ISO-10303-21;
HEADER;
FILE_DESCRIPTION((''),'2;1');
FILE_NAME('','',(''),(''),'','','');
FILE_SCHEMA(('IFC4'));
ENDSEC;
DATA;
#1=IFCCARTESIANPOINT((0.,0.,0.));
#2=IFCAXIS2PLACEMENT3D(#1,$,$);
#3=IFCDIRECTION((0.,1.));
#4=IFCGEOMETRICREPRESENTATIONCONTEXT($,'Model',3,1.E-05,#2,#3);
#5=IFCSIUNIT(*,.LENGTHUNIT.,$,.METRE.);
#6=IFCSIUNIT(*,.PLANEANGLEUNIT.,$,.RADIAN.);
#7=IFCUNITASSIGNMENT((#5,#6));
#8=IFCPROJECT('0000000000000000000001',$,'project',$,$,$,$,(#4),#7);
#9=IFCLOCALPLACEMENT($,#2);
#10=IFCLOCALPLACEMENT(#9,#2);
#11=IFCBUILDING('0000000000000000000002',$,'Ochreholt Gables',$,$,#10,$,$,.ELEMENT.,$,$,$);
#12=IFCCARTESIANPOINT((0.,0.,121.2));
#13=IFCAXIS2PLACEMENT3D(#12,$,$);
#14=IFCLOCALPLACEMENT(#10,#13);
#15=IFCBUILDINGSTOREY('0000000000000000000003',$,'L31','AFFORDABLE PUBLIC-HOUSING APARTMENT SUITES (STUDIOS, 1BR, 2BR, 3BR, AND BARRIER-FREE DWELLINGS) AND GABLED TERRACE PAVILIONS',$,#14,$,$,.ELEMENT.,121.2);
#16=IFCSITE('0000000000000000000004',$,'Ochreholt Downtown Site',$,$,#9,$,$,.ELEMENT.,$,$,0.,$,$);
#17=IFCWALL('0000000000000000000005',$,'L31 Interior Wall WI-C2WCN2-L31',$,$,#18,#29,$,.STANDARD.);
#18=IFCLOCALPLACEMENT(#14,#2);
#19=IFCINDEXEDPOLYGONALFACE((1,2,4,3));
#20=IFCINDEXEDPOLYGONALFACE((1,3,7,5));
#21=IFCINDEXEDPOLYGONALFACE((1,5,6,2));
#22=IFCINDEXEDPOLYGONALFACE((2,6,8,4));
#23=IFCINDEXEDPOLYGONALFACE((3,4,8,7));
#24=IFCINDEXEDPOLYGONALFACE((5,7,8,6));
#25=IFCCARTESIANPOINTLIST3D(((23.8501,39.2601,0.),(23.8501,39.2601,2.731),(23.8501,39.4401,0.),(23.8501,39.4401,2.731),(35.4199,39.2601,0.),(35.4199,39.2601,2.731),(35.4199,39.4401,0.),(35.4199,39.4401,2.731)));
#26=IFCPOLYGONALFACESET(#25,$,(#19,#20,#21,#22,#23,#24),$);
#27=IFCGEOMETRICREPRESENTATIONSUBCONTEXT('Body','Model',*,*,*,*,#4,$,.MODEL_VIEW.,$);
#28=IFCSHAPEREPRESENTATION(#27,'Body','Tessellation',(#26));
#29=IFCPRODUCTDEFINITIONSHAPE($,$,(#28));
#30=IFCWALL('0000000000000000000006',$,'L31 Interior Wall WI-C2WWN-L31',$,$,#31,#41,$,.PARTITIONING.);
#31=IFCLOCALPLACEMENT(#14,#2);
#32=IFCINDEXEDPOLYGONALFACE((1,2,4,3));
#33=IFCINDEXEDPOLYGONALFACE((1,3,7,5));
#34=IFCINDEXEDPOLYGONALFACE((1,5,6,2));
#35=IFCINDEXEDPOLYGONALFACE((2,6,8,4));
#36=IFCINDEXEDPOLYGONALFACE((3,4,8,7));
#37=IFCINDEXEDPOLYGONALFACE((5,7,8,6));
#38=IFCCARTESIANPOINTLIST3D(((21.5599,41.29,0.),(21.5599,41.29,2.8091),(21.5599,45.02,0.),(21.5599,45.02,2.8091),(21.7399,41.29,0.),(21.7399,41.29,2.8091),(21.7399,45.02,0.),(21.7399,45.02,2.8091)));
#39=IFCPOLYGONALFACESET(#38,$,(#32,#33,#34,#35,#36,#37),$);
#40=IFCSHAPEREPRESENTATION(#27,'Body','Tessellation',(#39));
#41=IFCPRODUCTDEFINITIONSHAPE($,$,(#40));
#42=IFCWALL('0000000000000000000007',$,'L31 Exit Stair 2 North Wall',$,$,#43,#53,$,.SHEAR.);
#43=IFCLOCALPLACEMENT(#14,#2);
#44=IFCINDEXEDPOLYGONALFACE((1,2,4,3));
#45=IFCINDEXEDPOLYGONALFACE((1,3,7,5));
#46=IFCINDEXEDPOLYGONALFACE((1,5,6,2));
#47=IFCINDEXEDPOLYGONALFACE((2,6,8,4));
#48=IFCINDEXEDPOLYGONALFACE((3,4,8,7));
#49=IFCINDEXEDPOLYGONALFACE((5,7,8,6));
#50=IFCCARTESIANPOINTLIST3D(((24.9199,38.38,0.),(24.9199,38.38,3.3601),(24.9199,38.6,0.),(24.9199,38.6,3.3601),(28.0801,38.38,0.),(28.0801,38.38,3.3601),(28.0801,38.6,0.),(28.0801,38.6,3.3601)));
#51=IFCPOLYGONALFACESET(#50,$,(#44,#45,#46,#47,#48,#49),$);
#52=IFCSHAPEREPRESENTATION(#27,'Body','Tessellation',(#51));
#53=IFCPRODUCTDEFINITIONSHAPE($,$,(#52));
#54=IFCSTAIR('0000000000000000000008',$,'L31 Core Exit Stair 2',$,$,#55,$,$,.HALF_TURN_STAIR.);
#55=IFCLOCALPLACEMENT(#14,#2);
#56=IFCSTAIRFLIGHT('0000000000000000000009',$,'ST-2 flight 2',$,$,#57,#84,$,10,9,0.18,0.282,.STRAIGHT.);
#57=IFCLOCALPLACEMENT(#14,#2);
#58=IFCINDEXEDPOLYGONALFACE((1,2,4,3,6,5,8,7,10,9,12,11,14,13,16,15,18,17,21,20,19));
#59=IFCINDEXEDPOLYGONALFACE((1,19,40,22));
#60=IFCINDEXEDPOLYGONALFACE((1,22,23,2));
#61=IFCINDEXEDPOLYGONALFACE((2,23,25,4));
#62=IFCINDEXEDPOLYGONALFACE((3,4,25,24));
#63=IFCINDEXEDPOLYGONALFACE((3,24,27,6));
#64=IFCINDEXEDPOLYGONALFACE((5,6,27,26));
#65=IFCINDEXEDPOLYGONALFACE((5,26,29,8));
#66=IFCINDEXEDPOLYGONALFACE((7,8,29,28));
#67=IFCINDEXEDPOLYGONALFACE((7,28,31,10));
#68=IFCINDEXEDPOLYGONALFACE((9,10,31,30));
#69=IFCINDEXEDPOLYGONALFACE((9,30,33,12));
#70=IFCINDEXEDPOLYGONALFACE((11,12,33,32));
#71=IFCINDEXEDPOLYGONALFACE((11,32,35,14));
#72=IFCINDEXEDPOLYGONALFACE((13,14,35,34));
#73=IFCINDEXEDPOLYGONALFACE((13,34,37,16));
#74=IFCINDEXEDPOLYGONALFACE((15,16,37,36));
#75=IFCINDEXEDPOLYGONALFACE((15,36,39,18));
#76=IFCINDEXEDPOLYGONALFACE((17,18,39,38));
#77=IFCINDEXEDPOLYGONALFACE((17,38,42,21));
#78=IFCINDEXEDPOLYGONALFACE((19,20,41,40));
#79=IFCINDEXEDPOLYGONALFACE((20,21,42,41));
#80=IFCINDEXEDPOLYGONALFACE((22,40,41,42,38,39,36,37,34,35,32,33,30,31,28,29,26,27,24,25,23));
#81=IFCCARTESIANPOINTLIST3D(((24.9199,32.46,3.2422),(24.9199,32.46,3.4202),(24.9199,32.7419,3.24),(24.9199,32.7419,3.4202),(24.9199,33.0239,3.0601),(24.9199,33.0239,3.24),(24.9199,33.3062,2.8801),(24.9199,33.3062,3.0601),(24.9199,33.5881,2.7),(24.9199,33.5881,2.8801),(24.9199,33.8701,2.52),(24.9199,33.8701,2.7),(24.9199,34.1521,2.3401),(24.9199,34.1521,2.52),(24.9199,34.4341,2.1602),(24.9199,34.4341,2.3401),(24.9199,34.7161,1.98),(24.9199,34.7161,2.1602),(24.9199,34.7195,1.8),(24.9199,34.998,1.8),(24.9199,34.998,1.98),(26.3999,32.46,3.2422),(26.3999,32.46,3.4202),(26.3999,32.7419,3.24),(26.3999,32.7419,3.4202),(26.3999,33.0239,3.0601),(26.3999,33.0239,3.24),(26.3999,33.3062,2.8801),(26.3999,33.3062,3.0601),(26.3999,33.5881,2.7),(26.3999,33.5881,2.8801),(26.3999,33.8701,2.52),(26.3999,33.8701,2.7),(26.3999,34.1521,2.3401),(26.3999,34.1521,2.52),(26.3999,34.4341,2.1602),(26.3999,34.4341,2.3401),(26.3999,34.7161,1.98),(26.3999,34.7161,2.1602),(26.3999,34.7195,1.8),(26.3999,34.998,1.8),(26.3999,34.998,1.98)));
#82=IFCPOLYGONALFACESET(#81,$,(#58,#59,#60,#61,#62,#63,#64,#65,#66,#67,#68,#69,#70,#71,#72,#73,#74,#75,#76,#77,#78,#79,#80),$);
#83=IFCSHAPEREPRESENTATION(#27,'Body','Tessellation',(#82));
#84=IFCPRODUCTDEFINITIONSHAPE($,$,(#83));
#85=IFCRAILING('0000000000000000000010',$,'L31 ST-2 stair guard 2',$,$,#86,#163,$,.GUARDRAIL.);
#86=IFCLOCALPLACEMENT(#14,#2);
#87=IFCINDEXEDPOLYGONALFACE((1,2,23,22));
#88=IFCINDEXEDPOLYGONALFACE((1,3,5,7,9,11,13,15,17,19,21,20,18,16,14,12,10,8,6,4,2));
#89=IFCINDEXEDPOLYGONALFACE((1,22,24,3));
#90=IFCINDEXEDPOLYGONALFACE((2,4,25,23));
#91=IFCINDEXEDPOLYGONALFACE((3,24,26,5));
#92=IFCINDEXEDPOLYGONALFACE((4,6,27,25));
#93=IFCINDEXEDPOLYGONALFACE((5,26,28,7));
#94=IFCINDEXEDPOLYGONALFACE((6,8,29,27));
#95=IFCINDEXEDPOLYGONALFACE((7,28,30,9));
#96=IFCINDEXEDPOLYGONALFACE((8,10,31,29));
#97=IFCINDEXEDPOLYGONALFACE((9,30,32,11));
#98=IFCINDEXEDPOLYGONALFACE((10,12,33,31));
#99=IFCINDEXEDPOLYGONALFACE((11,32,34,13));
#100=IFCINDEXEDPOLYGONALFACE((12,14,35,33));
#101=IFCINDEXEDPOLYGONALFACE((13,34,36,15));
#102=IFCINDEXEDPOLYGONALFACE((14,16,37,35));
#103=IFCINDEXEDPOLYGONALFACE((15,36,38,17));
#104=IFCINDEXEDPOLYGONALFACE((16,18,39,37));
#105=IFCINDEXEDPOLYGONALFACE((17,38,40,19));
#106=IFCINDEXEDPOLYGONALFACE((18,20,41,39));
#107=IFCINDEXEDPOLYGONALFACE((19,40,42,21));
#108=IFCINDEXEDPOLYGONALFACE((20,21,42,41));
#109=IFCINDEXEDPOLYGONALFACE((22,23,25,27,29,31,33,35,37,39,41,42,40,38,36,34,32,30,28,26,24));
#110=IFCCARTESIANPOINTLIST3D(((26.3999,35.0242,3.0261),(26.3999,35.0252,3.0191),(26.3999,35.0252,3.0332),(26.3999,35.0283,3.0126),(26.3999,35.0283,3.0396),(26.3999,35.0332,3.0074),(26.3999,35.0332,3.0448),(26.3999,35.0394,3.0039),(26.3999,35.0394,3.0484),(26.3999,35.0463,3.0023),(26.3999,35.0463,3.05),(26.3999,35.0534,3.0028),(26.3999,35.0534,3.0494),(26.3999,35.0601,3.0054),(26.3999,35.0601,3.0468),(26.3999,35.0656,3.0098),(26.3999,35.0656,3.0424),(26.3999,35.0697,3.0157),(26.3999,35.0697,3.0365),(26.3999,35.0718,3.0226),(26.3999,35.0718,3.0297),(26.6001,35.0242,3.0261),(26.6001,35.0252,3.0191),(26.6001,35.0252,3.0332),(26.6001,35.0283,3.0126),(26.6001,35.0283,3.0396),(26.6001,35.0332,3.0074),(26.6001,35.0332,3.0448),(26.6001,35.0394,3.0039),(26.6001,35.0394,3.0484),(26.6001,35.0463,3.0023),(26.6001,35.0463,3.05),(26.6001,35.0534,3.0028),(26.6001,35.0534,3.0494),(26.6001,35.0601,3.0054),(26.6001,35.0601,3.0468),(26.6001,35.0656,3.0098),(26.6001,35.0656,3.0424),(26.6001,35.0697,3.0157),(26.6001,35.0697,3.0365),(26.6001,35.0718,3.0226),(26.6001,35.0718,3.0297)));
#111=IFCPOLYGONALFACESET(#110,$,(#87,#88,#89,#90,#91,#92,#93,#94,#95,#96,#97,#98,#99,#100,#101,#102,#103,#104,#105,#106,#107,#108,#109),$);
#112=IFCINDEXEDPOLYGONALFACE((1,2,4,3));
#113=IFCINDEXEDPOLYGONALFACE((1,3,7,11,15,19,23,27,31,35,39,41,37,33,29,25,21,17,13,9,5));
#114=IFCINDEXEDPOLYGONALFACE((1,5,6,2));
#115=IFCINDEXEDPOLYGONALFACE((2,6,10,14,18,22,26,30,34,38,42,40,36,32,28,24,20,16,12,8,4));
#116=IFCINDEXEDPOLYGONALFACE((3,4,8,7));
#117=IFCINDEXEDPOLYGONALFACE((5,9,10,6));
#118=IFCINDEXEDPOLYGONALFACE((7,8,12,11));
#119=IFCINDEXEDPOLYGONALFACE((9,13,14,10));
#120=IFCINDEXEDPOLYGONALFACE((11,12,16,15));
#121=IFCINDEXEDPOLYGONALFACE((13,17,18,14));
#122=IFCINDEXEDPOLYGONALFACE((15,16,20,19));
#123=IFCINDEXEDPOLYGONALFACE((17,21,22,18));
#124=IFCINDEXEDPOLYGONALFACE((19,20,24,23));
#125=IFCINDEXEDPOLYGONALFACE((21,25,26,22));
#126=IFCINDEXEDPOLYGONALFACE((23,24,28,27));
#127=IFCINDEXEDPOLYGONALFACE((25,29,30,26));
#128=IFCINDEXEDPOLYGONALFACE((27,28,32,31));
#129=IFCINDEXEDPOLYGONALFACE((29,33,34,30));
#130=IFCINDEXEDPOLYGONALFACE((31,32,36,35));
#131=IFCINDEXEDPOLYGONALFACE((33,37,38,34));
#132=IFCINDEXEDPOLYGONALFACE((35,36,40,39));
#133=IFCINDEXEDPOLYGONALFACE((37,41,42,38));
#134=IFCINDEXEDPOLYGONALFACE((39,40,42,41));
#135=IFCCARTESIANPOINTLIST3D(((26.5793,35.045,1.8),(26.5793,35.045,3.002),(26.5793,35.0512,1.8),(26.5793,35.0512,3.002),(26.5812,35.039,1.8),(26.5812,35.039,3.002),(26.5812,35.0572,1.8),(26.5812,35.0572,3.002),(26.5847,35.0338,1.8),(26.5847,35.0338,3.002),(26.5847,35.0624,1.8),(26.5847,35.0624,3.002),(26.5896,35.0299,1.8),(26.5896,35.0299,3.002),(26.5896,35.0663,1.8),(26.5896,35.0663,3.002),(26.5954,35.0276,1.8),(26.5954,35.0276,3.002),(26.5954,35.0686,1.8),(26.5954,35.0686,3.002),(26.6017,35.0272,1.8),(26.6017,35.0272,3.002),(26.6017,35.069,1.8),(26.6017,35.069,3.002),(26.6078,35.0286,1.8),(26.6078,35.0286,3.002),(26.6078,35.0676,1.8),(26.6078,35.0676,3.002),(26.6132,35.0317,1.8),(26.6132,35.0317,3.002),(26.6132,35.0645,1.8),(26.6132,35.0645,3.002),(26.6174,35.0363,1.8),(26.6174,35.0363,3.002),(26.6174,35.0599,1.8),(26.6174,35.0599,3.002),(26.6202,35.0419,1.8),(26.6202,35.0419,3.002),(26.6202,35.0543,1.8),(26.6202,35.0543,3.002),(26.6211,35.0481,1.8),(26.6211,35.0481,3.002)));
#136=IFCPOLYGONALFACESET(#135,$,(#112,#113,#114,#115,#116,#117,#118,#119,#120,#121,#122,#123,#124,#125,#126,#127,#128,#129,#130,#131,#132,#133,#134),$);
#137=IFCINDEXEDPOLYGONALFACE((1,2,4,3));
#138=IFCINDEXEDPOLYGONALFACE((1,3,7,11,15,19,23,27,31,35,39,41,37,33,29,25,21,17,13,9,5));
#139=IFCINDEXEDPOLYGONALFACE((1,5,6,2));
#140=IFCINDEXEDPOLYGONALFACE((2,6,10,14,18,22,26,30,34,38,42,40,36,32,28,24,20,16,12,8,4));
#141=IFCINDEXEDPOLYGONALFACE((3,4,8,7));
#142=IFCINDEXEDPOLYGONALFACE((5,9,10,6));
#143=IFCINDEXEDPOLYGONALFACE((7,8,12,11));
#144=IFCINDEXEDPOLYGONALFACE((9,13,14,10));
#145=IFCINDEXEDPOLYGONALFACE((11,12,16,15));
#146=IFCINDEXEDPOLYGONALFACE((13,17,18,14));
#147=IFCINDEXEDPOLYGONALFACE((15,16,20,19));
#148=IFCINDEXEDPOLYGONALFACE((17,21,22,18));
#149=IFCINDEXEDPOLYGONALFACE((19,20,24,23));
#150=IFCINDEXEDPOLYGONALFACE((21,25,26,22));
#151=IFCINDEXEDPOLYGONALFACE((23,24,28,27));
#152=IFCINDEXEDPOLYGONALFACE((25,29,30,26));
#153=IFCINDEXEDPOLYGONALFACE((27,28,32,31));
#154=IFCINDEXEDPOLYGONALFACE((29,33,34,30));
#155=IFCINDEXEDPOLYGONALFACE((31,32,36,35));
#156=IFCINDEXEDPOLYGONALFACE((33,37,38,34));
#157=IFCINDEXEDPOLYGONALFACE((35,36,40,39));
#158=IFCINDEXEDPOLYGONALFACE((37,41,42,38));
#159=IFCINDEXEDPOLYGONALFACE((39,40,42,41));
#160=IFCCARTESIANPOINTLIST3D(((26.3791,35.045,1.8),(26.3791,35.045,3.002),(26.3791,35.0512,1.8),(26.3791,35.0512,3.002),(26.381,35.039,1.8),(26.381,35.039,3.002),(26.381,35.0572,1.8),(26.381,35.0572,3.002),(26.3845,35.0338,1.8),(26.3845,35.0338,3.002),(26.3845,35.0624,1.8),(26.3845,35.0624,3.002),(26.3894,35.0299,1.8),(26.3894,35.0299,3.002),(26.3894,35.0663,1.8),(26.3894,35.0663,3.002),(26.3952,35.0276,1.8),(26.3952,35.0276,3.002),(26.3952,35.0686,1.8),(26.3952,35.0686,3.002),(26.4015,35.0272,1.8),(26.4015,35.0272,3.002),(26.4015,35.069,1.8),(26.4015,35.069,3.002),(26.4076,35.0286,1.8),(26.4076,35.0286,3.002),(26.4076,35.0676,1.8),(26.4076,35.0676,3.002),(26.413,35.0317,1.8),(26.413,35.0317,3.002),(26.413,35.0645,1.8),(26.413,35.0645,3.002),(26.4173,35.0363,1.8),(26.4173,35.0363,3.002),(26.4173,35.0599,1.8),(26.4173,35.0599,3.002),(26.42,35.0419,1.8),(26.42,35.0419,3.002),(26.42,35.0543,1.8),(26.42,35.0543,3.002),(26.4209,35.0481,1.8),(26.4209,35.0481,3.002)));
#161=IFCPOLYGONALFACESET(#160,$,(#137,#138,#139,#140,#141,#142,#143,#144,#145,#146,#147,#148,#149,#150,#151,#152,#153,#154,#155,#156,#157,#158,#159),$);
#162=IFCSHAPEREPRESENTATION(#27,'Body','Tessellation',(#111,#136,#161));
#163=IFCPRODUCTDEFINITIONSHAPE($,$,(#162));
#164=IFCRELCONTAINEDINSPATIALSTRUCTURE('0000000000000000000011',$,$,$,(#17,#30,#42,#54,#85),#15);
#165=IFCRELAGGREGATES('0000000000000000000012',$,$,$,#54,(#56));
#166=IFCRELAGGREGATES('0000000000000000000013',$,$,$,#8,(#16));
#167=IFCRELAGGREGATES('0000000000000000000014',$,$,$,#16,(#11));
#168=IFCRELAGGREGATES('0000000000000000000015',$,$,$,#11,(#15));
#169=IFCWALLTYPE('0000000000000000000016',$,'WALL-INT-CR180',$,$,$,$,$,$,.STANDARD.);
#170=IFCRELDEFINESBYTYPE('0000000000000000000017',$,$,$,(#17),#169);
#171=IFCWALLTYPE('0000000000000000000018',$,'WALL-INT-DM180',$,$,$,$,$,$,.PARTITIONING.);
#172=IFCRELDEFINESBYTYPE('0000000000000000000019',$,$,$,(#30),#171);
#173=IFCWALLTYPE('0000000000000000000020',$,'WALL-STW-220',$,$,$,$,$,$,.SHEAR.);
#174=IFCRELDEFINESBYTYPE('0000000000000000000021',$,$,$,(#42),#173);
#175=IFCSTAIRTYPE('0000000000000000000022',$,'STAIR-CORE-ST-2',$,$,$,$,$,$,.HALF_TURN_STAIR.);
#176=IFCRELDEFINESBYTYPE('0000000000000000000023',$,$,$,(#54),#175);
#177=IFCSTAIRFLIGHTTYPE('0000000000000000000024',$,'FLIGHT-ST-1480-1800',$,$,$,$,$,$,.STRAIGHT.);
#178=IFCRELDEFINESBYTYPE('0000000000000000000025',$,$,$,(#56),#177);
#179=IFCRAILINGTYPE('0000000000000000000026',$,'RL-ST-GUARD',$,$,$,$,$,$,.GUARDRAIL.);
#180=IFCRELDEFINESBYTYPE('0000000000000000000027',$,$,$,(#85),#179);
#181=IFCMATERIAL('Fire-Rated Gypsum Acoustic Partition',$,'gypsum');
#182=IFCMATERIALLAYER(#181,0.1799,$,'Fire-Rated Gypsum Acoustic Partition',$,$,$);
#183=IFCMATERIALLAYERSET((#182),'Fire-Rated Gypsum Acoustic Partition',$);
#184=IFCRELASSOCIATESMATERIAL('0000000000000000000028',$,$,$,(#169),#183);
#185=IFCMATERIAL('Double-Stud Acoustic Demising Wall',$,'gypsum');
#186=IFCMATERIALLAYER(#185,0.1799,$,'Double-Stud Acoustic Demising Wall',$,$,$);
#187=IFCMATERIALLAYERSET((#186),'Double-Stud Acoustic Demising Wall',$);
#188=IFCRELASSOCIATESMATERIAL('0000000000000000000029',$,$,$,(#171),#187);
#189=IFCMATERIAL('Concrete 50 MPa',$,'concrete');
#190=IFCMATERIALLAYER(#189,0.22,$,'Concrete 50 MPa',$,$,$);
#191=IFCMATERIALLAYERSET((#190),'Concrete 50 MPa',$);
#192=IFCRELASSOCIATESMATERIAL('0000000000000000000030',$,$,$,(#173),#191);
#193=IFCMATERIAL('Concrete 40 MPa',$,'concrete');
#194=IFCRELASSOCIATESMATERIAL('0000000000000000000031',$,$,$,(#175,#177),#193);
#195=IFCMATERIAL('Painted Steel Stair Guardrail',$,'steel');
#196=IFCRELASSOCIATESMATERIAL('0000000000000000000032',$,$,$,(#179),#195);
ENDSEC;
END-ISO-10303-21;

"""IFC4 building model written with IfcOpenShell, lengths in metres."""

from ifc_helpers import new_model, si_unit, direction, frame, frame_2d, origin, origin_2d, place, context, subcontext, project, spatial, polyline, rectangle, circle, outline, extrude, material, layer, layer_set, type_object, element, aggregate, save


model = new_model("IFC4")

# Units and contexts
model_context = context("Model", 3, precision=1e-05, world=origin(), true_north=direction((0.0, 1.0)))
body_context = subcontext(model_context, "Body", "Model", "MODEL_VIEW")
ifc_project = project(units=[si_unit("LENGTHUNIT", "METRE"), si_unit("PLANEANGLEUNIT", "RADIAN")], contexts=[model_context])

# Site, building, storey
site_placement = place(None, origin())
site = spatial("IfcSite", under=ifc_project, at=site_placement, Name="Ochreholt Downtown Site", CompositionType="ELEMENT", RefElevation=0.0)
building_placement = place(site_placement, origin())
building = spatial("IfcBuilding", under=site, at=building_placement, Name="Ochreholt Gables", CompositionType="ELEMENT")
storey_placement = place(building_placement, frame((0.0, 0.0, 121.2)))
storey = spatial("IfcBuildingStorey", under=building, at=storey_placement, Name="L31", Description="AFFORDABLE PUBLIC-HOUSING APARTMENT SUITES (STUDIOS, 1BR, 2BR, 3BR, AND BARRIER-FREE DWELLINGS) AND GABLED TERRACE PAVILIONS", CompositionType="ELEMENT", Elevation=121.2)

# Shared definitions
ifc_material_1 = material(Name="Fire-Rated Gypsum Acoustic Partition", Category="gypsum")
ifc_layer_1 = layer(ifc_material_1, 0.1799, Name="Fire-Rated Gypsum Acoustic Partition")
ifc_layer_set_1 = layer_set([ifc_layer_1], Name="Fire-Rated Gypsum Acoustic Partition")
wall_type_1 = type_object("IfcWallType", Name="WALL-INT-CR180", PredefinedType="STANDARD", material=ifc_layer_set_1)

# Walls
wall_1_placement = place(storey_placement, frame((23.8501, 39.3501, 0.0), z_axis=(0.0, 0.0, 1.0), x_axis=(1.0, 0.0, 0.0)))
element("IfcWall", 1, at=wall_1_placement, inside=storey, type_object=wall_type_1, Name="L31 Interior Wall WI-C2WCN2-L31", PredefinedType="STANDARD", context=body_context, shape_type="SweptSolid", body=[
    extrude(rectangle(XDim=11.5698, YDim=0.1799, at=frame_2d((5.7849, 0.0))), origin(), (0.0, 0.0, 1.0), 2.731),
])
ifc_material_2 = material(Name="Double-Stud Acoustic Demising Wall", Category="gypsum")
ifc_layer_2 = layer(ifc_material_2, 0.1799, Name="Double-Stud Acoustic Demising Wall")
ifc_layer_set_2 = layer_set([ifc_layer_2], Name="Double-Stud Acoustic Demising Wall")
wall_type_2 = type_object("IfcWallType", Name="WALL-INT-DM180", PredefinedType="PARTITIONING", material=ifc_layer_set_2)
wall_2_placement = place(storey_placement, frame((21.6499, 41.29, 0.0), z_axis=(0.0, 0.0, 1.0), x_axis=(0.0, 1.0, 0.0)))
element("IfcWall", 2, at=wall_2_placement, inside=storey, type_object=wall_type_2, Name="L31 Interior Wall WI-C2WWN-L31", PredefinedType="PARTITIONING", context=body_context, shape_type="SweptSolid", body=[
    extrude(rectangle(XDim=3.73, YDim=0.1799, at=frame_2d((1.865, 0.0))), origin(), (0.0, 0.0, 1.0), 2.8091),
])
ifc_material_3 = material(Name="Concrete 50 MPa", Category="concrete")
ifc_layer_3 = layer(ifc_material_3, 0.22, Name="Concrete 50 MPa")
ifc_layer_set_3 = layer_set([ifc_layer_3], Name="Concrete 50 MPa")
wall_type_3 = type_object("IfcWallType", Name="WALL-STW-220", PredefinedType="SHEAR", material=ifc_layer_set_3)
wall_3_placement = place(storey_placement, frame((24.9199, 38.49, 0.0), z_axis=(0.0, 0.0, 1.0), x_axis=(1.0, 0.0, 0.0)))
element("IfcWall", 3, at=wall_3_placement, inside=storey, type_object=wall_type_3, Name="L31 Exit Stair 2 North Wall", PredefinedType="SHEAR", context=body_context, shape_type="SweptSolid", body=[
    extrude(rectangle(XDim=3.1602, YDim=0.22, at=frame_2d((1.5801, 0.0))), origin(), (0.0, 0.0, 1.0), 3.3601),
])

# Stair, stair flight
ifc_material_4 = material(Name="Concrete 40 MPa", Category="concrete")
stair_type = type_object("IfcStairType", Name="STAIR-CORE-ST-2", PredefinedType="HALF_TURN_STAIR", material=ifc_material_4)
stair_placement = place(storey_placement, origin())
stair = element("IfcStair", 4, at=stair_placement, inside=storey, type_object=stair_type, Name="L31 Core Exit Stair 2", PredefinedType="HALF_TURN_STAIR")
stair_flight_type = type_object("IfcStairFlightType", Name="FLIGHT-ST-1480-1800", PredefinedType="STRAIGHT", material=ifc_material_4)
stair_flight_placement = place(storey_placement, frame((25.6599, 34.998, 1.8), z_axis=(0.0, 0.0, 1.0), x_axis=(0.0, -1.0, 0.0)))
stair_flight = element("IfcStairFlight", 5, at=stair_flight_placement, type_object=stair_flight_type, Name="ST-2 flight 2", NumberOfRisers=10, NumberOfTreads=9, PredefinedType="STRAIGHT", RiserHeight=0.18, TreadLength=0.282, context=body_context, shape_type="SweptSolid", body=[
    extrude(outline(polyline([(0.0, 0.0), (0.0, 0.1799), (0.282, 0.1799), (0.282, 0.3601), (0.564, 0.3601), (0.564, 0.54), (0.8459, 0.54), (0.8459, 0.72), (1.1279, 0.72), (1.1279, 0.8999), (1.4099, 0.8999), (1.4099, 1.0801), (1.6919, 1.0801), (1.6919, 1.26), (1.9741, 1.26), (1.9741, 1.4399), (2.2561, 1.4399), (2.2561, 1.6201), (2.5381, 1.6201), (2.5381, 1.8), (2.5381, 1.4421), (0.2786, 0.0), (0.0, 0.0)])), frame((0.0, 0.74, 0.0), z_axis=(0.0, -1.0, 0.0), x_axis=(1.0, 0.0, 0.0)), (0.0, 0.0, 1.0), 1.48),
])
aggregate(stair, [stair_flight])

# Railing
ifc_material_5 = material(Name="Painted Steel Stair Guardrail", Category="steel")
railing_type_1 = type_object("IfcRailingType", Name="RL-ST-GUARD", PredefinedType="GUARDRAIL", material=ifc_material_5)
railing_1_placement = place(storey_placement, frame((26.6001, 35.0481, 1.8)))
element("IfcRailing", 6, at=railing_1_placement, inside=storey, type_object=railing_type_1, Name="L31 ST-2 stair guard 2", PredefinedType="GUARDRAIL", context=body_context, shape_type="SweptSolid", body=[
    extrude(circle(Radius=0.0239, at=origin_2d()), frame((0.0, 0.0, 1.2261), z_axis=(-1.0, 0.0, 0.0), x_axis=(0.0, -1.0, 0.0)), (0.0, 0.0, 1.0), 0.2002),
    extrude(circle(Radius=0.021, at=origin_2d()), origin(), (0.0, 0.0, 1.0), 1.2019),
    extrude(circle(Radius=0.021, at=origin_2d()), frame((-0.2002, 0.0, 0.0)), (0.0, 0.0, 1.0), 1.2019),
])

save(model, "model.ifc")
